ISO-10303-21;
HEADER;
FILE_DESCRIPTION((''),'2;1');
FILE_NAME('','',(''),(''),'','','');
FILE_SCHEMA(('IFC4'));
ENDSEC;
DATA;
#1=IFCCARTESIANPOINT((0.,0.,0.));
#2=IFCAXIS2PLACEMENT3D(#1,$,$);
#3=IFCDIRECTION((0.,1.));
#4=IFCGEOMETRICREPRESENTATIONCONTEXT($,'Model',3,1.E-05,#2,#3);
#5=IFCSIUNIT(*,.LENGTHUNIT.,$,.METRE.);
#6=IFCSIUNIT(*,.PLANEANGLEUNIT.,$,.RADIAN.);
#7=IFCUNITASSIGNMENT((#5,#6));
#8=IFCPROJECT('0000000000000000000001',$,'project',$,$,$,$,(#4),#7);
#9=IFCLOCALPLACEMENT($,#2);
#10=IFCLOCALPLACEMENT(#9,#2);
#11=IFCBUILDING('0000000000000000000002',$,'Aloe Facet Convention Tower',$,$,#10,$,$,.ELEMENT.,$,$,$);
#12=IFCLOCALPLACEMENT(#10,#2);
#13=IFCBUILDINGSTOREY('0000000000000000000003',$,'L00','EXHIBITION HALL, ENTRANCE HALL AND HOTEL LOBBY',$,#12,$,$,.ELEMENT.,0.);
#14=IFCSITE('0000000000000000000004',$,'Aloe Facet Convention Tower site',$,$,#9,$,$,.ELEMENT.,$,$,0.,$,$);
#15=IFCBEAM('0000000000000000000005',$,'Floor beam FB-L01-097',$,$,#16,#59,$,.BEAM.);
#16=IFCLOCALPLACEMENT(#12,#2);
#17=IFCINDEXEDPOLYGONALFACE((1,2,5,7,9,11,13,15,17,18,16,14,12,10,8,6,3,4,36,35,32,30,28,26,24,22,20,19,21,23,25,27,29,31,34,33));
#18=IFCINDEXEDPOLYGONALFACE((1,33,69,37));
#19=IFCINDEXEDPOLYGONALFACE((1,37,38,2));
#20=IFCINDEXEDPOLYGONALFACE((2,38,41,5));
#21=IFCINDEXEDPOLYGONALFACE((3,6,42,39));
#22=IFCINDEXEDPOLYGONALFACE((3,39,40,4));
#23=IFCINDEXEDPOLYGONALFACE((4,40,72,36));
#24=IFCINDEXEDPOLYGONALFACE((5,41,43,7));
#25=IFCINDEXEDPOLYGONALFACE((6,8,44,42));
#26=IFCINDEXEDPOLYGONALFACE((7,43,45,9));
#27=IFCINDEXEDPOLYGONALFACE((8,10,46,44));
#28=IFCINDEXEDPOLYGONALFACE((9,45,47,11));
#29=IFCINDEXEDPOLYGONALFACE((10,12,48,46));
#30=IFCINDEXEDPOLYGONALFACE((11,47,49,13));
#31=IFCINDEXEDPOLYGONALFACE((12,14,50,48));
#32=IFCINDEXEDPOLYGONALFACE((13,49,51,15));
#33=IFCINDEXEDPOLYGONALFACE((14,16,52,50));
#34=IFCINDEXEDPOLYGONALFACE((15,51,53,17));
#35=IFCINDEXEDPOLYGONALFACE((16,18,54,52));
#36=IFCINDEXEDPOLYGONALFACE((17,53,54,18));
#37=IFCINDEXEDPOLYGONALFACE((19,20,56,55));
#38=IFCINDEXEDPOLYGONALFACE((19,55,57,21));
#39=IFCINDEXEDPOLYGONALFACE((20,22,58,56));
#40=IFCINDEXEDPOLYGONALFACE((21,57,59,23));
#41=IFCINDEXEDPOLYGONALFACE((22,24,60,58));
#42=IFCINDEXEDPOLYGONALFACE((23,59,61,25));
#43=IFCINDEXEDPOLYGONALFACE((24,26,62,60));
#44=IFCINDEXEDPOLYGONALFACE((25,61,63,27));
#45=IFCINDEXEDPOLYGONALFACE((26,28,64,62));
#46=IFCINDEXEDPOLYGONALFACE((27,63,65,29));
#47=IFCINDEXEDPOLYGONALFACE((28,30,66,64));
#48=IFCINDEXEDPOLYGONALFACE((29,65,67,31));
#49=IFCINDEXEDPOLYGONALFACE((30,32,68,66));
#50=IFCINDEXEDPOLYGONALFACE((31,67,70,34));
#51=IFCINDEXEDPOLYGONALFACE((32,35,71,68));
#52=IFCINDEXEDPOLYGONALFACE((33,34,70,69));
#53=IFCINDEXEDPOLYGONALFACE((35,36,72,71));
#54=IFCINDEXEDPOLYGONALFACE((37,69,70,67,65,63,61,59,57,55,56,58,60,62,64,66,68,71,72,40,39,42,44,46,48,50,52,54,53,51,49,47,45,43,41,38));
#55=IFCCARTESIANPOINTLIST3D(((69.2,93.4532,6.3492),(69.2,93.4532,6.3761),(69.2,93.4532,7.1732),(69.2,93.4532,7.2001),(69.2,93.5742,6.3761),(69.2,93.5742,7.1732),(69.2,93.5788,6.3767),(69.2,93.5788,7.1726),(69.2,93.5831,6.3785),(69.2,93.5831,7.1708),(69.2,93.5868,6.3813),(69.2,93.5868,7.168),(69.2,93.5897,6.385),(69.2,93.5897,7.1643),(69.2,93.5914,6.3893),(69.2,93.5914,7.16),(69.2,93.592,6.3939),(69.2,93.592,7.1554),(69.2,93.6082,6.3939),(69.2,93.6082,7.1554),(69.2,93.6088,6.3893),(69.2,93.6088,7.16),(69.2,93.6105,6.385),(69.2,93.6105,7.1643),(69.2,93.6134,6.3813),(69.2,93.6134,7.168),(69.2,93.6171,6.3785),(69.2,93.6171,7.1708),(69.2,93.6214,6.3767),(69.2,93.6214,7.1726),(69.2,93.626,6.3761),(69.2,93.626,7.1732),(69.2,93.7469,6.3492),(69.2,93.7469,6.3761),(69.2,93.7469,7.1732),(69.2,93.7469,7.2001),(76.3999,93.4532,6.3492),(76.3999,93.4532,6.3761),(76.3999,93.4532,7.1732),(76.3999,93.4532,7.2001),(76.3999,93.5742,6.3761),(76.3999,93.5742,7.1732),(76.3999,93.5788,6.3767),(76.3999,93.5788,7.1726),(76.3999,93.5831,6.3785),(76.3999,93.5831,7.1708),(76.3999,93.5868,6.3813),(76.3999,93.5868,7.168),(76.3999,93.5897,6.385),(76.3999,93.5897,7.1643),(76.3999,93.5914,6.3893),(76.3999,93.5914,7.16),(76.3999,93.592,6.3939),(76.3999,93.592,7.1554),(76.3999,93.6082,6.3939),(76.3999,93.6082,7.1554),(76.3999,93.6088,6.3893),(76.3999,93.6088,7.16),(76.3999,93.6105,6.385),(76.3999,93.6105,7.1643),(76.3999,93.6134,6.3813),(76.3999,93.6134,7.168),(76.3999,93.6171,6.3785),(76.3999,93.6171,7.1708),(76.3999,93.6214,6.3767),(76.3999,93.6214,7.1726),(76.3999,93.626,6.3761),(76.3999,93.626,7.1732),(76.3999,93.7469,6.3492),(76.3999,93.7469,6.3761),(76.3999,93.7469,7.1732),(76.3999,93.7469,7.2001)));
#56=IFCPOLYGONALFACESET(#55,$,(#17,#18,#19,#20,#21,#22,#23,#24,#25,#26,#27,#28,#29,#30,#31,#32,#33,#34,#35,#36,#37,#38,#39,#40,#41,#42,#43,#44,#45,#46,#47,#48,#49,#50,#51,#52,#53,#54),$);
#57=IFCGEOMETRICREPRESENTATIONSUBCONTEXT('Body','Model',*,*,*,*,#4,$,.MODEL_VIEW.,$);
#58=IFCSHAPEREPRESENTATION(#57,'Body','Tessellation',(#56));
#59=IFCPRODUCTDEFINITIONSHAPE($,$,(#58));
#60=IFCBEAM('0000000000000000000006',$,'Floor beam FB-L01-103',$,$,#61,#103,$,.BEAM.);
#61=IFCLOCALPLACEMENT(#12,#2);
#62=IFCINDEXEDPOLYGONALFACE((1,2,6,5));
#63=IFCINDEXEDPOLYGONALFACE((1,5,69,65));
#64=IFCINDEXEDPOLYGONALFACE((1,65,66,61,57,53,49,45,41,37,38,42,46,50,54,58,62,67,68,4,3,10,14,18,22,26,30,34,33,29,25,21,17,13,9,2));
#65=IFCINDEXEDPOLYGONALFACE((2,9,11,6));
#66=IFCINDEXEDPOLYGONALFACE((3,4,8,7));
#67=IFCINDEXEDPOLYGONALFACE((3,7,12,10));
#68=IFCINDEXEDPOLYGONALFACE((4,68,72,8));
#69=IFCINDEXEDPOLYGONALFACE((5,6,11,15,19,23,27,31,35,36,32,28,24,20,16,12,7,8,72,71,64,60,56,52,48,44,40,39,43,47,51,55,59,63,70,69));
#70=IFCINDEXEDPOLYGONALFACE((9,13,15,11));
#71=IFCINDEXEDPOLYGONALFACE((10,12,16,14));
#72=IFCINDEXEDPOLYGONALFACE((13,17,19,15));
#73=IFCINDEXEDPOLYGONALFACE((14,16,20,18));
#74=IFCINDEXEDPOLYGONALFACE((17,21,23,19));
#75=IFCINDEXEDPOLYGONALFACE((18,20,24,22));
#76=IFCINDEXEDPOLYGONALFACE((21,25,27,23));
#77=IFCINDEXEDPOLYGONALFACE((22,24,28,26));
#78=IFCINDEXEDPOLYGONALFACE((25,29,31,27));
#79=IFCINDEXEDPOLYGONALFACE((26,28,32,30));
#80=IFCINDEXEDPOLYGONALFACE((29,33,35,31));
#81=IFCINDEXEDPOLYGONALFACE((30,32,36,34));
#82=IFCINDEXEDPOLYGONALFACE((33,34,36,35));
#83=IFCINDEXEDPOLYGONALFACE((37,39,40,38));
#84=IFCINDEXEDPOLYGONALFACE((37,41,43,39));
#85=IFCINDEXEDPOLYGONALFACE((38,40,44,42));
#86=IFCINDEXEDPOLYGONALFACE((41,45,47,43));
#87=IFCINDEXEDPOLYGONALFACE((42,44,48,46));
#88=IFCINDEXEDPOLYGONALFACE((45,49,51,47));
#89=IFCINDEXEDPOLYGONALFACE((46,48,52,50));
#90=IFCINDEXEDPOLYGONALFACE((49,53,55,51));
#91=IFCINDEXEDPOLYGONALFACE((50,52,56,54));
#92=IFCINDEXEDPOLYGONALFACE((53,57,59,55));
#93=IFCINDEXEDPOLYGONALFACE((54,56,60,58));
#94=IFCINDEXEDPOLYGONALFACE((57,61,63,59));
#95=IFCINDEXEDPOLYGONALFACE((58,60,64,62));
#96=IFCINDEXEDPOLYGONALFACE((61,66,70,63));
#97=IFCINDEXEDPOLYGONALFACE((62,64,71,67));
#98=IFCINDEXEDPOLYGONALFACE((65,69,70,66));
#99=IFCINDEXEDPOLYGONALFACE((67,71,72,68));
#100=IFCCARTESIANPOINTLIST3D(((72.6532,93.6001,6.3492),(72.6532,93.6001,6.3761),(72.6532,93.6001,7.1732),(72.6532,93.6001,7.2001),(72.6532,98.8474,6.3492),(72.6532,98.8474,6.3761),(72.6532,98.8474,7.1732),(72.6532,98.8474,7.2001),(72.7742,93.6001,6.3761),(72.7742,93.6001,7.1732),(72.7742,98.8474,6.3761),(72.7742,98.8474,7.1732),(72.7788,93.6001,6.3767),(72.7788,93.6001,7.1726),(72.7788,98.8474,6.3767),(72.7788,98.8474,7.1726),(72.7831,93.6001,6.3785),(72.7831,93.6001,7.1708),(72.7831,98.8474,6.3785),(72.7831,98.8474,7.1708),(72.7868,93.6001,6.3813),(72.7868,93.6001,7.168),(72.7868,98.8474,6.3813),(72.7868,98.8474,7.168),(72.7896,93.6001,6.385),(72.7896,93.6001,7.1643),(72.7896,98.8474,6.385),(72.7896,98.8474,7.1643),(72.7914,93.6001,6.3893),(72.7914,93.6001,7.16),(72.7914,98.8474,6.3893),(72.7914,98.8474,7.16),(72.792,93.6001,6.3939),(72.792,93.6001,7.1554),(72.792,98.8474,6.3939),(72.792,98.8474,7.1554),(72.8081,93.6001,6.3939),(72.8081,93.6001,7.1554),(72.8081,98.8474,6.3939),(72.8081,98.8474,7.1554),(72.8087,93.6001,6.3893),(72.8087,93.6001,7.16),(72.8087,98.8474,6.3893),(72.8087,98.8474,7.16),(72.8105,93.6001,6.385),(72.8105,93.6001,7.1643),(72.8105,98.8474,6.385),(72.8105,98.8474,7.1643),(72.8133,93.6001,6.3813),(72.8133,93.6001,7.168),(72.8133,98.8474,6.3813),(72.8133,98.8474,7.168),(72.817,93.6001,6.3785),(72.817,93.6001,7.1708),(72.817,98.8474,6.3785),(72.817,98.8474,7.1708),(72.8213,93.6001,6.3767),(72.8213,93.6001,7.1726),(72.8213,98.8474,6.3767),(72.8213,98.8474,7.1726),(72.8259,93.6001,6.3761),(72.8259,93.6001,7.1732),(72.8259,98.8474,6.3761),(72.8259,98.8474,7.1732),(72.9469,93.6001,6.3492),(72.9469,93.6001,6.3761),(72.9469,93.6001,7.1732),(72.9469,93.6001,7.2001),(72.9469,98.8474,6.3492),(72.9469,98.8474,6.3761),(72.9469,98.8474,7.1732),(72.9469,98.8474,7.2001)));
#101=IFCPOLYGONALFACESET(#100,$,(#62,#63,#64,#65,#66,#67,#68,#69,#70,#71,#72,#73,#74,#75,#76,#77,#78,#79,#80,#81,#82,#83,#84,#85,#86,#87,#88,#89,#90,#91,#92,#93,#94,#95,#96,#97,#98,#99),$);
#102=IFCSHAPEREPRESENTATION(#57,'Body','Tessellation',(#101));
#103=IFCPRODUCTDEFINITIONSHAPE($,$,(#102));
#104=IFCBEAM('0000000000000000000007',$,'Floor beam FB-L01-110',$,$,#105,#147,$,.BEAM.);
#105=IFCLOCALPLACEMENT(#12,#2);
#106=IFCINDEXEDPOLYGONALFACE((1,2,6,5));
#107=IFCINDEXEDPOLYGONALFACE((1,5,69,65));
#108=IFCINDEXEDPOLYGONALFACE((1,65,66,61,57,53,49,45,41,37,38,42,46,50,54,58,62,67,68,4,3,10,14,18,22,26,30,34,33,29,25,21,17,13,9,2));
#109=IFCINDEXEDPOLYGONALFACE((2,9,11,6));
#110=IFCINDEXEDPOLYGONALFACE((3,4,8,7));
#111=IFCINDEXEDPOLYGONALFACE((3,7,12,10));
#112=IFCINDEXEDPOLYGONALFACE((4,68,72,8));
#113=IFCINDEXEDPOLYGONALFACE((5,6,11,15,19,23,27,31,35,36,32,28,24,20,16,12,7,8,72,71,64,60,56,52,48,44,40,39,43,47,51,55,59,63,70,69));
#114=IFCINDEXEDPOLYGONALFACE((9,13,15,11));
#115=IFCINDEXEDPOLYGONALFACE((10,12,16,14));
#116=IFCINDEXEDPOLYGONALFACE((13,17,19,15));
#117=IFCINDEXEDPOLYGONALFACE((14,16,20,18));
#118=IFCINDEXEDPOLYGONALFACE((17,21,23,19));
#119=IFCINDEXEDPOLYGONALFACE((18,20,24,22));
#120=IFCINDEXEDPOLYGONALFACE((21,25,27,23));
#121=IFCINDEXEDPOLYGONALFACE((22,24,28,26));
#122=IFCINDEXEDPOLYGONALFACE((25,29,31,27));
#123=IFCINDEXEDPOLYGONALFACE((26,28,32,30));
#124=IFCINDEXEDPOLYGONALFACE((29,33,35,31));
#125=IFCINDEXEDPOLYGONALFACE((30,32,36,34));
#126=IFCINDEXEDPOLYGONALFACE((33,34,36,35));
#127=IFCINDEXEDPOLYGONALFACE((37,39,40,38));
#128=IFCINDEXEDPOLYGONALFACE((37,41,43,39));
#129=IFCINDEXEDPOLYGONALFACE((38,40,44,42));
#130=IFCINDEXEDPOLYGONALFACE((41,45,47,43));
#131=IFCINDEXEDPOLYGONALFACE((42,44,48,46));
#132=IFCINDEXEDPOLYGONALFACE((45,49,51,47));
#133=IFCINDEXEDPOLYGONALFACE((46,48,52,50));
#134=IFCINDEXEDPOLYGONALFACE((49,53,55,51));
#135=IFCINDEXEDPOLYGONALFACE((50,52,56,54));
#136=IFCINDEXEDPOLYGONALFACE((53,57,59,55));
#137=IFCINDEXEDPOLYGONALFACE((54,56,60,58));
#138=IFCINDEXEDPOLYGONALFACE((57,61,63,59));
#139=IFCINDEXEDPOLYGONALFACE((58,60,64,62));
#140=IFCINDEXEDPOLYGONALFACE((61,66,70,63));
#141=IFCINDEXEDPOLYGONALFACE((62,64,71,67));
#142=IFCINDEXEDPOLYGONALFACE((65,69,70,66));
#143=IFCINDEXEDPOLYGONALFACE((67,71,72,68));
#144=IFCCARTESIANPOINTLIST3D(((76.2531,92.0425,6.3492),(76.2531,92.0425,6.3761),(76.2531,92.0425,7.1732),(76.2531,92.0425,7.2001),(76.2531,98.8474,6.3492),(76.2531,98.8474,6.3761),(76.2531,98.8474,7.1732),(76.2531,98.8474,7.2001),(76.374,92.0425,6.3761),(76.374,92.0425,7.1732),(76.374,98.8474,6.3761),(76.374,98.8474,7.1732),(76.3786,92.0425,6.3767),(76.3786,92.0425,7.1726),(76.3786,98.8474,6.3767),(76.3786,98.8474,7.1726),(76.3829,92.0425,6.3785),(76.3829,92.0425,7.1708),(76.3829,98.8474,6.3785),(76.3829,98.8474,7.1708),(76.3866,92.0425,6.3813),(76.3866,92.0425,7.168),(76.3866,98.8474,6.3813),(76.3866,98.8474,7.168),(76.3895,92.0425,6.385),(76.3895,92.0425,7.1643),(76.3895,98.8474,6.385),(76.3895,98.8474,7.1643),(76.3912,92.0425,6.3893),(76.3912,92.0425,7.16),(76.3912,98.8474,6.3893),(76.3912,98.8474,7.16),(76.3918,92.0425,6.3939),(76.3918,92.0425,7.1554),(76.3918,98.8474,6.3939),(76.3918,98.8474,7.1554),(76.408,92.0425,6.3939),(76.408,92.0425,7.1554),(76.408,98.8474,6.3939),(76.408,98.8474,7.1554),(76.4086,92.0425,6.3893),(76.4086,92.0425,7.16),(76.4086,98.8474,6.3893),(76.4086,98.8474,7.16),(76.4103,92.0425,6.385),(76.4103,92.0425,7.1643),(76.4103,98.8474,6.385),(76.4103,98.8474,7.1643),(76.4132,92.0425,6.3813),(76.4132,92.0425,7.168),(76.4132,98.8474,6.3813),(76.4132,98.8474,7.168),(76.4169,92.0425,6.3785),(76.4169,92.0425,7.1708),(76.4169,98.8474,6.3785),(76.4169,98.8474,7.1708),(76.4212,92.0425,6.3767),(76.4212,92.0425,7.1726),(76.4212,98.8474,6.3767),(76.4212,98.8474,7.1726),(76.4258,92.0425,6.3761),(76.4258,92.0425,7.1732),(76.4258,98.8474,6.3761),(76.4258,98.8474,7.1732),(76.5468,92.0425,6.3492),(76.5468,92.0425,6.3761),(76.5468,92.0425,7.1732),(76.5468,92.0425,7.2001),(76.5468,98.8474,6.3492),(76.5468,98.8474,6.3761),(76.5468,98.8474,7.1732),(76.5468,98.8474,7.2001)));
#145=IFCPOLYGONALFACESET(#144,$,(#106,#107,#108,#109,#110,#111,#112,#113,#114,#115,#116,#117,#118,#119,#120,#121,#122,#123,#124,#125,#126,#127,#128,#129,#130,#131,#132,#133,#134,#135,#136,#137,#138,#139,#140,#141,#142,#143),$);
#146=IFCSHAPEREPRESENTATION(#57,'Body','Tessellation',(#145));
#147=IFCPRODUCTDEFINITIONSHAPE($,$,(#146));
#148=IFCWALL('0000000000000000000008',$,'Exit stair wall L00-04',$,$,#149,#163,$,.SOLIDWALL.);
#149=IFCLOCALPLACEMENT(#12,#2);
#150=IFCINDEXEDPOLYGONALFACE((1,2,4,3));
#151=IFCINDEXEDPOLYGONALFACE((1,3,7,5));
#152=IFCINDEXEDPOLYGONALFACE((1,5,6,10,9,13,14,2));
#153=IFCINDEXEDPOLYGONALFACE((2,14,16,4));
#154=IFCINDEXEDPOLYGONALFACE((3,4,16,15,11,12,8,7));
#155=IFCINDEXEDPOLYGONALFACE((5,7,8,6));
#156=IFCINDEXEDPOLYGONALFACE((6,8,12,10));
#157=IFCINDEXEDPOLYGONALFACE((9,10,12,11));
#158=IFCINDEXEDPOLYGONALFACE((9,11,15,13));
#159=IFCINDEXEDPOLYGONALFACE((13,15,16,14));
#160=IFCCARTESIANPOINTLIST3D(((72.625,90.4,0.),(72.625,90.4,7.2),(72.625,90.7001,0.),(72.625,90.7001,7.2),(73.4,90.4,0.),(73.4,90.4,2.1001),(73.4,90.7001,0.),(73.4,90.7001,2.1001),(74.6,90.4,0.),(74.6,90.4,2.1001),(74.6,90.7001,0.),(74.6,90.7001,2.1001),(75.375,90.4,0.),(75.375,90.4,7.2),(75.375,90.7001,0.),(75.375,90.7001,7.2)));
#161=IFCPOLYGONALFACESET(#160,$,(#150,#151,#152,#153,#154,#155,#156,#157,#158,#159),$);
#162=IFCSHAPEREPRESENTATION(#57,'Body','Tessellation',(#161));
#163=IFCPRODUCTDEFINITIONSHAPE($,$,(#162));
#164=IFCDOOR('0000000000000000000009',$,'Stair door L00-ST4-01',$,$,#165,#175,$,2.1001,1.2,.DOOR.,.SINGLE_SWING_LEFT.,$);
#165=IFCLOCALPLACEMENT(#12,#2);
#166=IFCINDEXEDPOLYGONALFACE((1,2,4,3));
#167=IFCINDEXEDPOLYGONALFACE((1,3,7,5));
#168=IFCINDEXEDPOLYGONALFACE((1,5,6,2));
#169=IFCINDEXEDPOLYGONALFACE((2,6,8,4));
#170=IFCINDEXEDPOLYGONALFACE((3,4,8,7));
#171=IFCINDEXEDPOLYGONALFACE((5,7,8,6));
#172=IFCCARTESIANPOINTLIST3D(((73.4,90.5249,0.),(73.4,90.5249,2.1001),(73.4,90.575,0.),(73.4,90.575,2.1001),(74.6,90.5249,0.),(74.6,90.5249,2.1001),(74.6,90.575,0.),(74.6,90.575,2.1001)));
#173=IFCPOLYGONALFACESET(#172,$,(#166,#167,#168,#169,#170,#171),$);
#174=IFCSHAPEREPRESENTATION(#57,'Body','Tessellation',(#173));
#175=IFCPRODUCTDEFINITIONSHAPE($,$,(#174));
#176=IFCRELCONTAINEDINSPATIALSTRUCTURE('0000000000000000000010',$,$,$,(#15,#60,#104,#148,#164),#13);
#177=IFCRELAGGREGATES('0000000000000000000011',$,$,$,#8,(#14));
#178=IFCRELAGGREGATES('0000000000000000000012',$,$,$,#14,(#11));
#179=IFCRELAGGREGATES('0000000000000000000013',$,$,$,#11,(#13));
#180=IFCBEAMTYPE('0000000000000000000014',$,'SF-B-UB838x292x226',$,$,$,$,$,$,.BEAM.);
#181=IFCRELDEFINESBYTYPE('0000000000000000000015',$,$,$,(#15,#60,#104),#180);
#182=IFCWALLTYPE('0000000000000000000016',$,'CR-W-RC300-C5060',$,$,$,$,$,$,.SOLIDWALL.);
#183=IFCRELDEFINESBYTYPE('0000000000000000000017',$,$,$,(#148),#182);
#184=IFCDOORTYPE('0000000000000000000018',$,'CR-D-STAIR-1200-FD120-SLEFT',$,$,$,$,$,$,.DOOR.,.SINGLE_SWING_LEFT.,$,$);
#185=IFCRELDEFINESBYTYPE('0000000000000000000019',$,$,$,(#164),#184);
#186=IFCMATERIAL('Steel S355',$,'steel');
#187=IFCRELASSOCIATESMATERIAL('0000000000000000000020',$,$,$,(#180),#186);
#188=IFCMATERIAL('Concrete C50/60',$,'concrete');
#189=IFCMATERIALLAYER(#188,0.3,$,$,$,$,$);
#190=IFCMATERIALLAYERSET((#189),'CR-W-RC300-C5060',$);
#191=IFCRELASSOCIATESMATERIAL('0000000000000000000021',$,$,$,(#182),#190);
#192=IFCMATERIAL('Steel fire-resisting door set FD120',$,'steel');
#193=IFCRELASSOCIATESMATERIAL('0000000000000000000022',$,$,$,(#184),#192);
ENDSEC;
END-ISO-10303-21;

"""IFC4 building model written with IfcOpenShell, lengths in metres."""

from ifc_helpers import new_model, si_unit, direction, frame, frame_2d, origin, origin_2d, place, context, subcontext, project, spatial, rectangle, i_section, extrude, material, layer, layer_set, material_profile, profile_set, type_object, element, fill, save


model = new_model("IFC4")

# Units and contexts
model_context = context("Model", 3, precision=1e-05, world=origin(), true_north=direction((0.0, 1.0)))
body_context = subcontext(model_context, "Body", "Model", "MODEL_VIEW")
ifc_project = project(units=[si_unit("LENGTHUNIT", "METRE"), si_unit("PLANEANGLEUNIT", "RADIAN")], contexts=[model_context])

# Site, building, storey
site_placement = place(None, origin())
site = spatial("IfcSite", under=ifc_project, at=site_placement, Name="Aloe Facet Convention Tower site", CompositionType="ELEMENT", RefElevation=0.0)
building_placement = place(site_placement, origin())
building = spatial("IfcBuilding", under=site, at=building_placement, Name="Aloe Facet Convention Tower", CompositionType="ELEMENT")
storey_placement = place(building_placement, origin())
storey = spatial("IfcBuildingStorey", under=building, at=storey_placement, Name="L00", Description="EXHIBITION HALL, ENTRANCE HALL AND HOTEL LOBBY", CompositionType="ELEMENT", Elevation=0.0)

# Beams
ifc_material_1 = material(Name="Steel S355", Category="steel")
ifc_material_profile_1 = material_profile(ifc_material_1, i_section(OverallWidth=0.2937, OverallDepth=0.8508, WebThickness=0.0161, FlangeThickness=0.0269, FilletRadius=0.0178, at=origin_2d()), Name="UB 838x292x226")
ifc_profile_set_1 = profile_set([ifc_material_profile_1], Name="Steel S355")
beam_type = type_object("IfcBeamType", Name="SF-B-UB838x292x226", PredefinedType="BEAM", material=ifc_profile_set_1)
beam_1_placement = place(storey_placement, frame((69.2, 93.6001, 6.7747), z_axis=(1.0, 0.0, 0.0), x_axis=(0.0, 1.0, 0.0)))
element("IfcBeam", 1, at=beam_1_placement, inside=storey, type_object=beam_type, Name="Floor beam FB-L01-097", PredefinedType="BEAM", context=body_context, shape_type="SweptSolid", body=[
    extrude(i_section(OverallWidth=0.2937, OverallDepth=0.8508, WebThickness=0.0161, FlangeThickness=0.0269, FilletRadius=0.0178, at=origin_2d()), origin(), (0.0, 0.0, 1.0), 7.2),
])
beam_2_placement = place(storey_placement, frame((72.8, 93.6001, 6.7747), z_axis=(0.0, 1.0, 0.0), x_axis=(-1.0, 0.0, 0.0)))
element("IfcBeam", 2, at=beam_2_placement, inside=storey, type_object=beam_type, Name="Floor beam FB-L01-103", PredefinedType="BEAM", context=body_context, shape_type="SweptSolid", body=[
    extrude(i_section(OverallWidth=0.2937, OverallDepth=0.8508, WebThickness=0.0161, FlangeThickness=0.0269, FilletRadius=0.0178, at=origin_2d()), origin(), (0.0, 0.0, 1.0), 5.2473),
])
beam_3_placement = place(storey_placement, frame((76.3999, 92.0425, 6.7747), z_axis=(0.0, 1.0, 0.0), x_axis=(-1.0, 0.0, 0.0)))
element("IfcBeam", 3, at=beam_3_placement, inside=storey, type_object=beam_type, Name="Floor beam FB-L01-110", PredefinedType="BEAM", context=body_context, shape_type="SweptSolid", body=[
    extrude(i_section(OverallWidth=0.2937, OverallDepth=0.8508, WebThickness=0.0161, FlangeThickness=0.0269, FilletRadius=0.0178, at=origin_2d()), origin(), (0.0, 0.0, 1.0), 6.8049),
])

# Wall, opening, door
ifc_material_2 = material(Name="Concrete C50/60", Category="concrete")
ifc_layer_1 = layer(ifc_material_2, 0.3)
ifc_layer_set_1 = layer_set([ifc_layer_1], Name="CR-W-RC300-C5060")
wall_type_1 = type_object("IfcWallType", Name="CR-W-RC300-C5060", PredefinedType="SOLIDWALL", material=ifc_layer_set_1)
wall_1_placement = place(storey_placement, frame((72.625, 90.55, 0.0), z_axis=(0.0, 0.0, 1.0), x_axis=(1.0, 0.0, 0.0)))
wall_1 = element("IfcWall", 4, at=wall_1_placement, inside=storey, type_object=wall_type_1, Name="Exit stair wall L00-04", PredefinedType="SOLIDWALL", context=body_context, shape_type="SweptSolid", body=[
    extrude(rectangle(XDim=2.75, YDim=0.3, at=frame_2d((1.375, 0.0))), origin(), (0.0, 0.0, 1.0), 7.2),
])
opening_1_placement = place(wall_1_placement, frame((0.7749, 0.0, 0.0)))
opening_1 = element("IfcOpeningElement", 5, at=opening_1_placement, cuts=wall_1, PredefinedType="OPENING", context=body_context, shape_type="SweptSolid", body=[
    extrude(rectangle(XDim=1.2, YDim=2.1001, at=frame_2d((0.6001, 1.05))), frame((0.0, 0.1602, 0.0), z_axis=(0.0, -1.0, 0.0), x_axis=(1.0, 0.0, 0.0)), (0.0, 0.0, 1.0), 0.3201),
])
ifc_material_3 = material(Name="Steel fire-resisting door set FD120", Category="steel")
door_type_1 = type_object("IfcDoorType", Name="CR-D-STAIR-1200-FD120-SLEFT", OperationType="SINGLE_SWING_LEFT", PredefinedType="DOOR", material=ifc_material_3)
door_1_placement = place(opening_1_placement, origin())
door_1 = element("IfcDoor", 6, at=door_1_placement, inside=storey, type_object=door_type_1, Name="Stair door L00-ST4-01", OperationType="SINGLE_SWING_LEFT", OverallHeight=2.1001, OverallWidth=1.2, PredefinedType="DOOR", context=body_context, shape_type="SweptSolid", body=[
    extrude(rectangle(XDim=1.2, YDim=2.1001, at=frame_2d((0.6001, 1.05))), frame((0.0, 0.0249, 0.0), z_axis=(0.0, -1.0, 0.0), x_axis=(1.0, 0.0, 0.0)), (0.0, 0.0, 1.0), 0.05),
])
fill(opening_1, door_1)

save(model, "model.ifc")
